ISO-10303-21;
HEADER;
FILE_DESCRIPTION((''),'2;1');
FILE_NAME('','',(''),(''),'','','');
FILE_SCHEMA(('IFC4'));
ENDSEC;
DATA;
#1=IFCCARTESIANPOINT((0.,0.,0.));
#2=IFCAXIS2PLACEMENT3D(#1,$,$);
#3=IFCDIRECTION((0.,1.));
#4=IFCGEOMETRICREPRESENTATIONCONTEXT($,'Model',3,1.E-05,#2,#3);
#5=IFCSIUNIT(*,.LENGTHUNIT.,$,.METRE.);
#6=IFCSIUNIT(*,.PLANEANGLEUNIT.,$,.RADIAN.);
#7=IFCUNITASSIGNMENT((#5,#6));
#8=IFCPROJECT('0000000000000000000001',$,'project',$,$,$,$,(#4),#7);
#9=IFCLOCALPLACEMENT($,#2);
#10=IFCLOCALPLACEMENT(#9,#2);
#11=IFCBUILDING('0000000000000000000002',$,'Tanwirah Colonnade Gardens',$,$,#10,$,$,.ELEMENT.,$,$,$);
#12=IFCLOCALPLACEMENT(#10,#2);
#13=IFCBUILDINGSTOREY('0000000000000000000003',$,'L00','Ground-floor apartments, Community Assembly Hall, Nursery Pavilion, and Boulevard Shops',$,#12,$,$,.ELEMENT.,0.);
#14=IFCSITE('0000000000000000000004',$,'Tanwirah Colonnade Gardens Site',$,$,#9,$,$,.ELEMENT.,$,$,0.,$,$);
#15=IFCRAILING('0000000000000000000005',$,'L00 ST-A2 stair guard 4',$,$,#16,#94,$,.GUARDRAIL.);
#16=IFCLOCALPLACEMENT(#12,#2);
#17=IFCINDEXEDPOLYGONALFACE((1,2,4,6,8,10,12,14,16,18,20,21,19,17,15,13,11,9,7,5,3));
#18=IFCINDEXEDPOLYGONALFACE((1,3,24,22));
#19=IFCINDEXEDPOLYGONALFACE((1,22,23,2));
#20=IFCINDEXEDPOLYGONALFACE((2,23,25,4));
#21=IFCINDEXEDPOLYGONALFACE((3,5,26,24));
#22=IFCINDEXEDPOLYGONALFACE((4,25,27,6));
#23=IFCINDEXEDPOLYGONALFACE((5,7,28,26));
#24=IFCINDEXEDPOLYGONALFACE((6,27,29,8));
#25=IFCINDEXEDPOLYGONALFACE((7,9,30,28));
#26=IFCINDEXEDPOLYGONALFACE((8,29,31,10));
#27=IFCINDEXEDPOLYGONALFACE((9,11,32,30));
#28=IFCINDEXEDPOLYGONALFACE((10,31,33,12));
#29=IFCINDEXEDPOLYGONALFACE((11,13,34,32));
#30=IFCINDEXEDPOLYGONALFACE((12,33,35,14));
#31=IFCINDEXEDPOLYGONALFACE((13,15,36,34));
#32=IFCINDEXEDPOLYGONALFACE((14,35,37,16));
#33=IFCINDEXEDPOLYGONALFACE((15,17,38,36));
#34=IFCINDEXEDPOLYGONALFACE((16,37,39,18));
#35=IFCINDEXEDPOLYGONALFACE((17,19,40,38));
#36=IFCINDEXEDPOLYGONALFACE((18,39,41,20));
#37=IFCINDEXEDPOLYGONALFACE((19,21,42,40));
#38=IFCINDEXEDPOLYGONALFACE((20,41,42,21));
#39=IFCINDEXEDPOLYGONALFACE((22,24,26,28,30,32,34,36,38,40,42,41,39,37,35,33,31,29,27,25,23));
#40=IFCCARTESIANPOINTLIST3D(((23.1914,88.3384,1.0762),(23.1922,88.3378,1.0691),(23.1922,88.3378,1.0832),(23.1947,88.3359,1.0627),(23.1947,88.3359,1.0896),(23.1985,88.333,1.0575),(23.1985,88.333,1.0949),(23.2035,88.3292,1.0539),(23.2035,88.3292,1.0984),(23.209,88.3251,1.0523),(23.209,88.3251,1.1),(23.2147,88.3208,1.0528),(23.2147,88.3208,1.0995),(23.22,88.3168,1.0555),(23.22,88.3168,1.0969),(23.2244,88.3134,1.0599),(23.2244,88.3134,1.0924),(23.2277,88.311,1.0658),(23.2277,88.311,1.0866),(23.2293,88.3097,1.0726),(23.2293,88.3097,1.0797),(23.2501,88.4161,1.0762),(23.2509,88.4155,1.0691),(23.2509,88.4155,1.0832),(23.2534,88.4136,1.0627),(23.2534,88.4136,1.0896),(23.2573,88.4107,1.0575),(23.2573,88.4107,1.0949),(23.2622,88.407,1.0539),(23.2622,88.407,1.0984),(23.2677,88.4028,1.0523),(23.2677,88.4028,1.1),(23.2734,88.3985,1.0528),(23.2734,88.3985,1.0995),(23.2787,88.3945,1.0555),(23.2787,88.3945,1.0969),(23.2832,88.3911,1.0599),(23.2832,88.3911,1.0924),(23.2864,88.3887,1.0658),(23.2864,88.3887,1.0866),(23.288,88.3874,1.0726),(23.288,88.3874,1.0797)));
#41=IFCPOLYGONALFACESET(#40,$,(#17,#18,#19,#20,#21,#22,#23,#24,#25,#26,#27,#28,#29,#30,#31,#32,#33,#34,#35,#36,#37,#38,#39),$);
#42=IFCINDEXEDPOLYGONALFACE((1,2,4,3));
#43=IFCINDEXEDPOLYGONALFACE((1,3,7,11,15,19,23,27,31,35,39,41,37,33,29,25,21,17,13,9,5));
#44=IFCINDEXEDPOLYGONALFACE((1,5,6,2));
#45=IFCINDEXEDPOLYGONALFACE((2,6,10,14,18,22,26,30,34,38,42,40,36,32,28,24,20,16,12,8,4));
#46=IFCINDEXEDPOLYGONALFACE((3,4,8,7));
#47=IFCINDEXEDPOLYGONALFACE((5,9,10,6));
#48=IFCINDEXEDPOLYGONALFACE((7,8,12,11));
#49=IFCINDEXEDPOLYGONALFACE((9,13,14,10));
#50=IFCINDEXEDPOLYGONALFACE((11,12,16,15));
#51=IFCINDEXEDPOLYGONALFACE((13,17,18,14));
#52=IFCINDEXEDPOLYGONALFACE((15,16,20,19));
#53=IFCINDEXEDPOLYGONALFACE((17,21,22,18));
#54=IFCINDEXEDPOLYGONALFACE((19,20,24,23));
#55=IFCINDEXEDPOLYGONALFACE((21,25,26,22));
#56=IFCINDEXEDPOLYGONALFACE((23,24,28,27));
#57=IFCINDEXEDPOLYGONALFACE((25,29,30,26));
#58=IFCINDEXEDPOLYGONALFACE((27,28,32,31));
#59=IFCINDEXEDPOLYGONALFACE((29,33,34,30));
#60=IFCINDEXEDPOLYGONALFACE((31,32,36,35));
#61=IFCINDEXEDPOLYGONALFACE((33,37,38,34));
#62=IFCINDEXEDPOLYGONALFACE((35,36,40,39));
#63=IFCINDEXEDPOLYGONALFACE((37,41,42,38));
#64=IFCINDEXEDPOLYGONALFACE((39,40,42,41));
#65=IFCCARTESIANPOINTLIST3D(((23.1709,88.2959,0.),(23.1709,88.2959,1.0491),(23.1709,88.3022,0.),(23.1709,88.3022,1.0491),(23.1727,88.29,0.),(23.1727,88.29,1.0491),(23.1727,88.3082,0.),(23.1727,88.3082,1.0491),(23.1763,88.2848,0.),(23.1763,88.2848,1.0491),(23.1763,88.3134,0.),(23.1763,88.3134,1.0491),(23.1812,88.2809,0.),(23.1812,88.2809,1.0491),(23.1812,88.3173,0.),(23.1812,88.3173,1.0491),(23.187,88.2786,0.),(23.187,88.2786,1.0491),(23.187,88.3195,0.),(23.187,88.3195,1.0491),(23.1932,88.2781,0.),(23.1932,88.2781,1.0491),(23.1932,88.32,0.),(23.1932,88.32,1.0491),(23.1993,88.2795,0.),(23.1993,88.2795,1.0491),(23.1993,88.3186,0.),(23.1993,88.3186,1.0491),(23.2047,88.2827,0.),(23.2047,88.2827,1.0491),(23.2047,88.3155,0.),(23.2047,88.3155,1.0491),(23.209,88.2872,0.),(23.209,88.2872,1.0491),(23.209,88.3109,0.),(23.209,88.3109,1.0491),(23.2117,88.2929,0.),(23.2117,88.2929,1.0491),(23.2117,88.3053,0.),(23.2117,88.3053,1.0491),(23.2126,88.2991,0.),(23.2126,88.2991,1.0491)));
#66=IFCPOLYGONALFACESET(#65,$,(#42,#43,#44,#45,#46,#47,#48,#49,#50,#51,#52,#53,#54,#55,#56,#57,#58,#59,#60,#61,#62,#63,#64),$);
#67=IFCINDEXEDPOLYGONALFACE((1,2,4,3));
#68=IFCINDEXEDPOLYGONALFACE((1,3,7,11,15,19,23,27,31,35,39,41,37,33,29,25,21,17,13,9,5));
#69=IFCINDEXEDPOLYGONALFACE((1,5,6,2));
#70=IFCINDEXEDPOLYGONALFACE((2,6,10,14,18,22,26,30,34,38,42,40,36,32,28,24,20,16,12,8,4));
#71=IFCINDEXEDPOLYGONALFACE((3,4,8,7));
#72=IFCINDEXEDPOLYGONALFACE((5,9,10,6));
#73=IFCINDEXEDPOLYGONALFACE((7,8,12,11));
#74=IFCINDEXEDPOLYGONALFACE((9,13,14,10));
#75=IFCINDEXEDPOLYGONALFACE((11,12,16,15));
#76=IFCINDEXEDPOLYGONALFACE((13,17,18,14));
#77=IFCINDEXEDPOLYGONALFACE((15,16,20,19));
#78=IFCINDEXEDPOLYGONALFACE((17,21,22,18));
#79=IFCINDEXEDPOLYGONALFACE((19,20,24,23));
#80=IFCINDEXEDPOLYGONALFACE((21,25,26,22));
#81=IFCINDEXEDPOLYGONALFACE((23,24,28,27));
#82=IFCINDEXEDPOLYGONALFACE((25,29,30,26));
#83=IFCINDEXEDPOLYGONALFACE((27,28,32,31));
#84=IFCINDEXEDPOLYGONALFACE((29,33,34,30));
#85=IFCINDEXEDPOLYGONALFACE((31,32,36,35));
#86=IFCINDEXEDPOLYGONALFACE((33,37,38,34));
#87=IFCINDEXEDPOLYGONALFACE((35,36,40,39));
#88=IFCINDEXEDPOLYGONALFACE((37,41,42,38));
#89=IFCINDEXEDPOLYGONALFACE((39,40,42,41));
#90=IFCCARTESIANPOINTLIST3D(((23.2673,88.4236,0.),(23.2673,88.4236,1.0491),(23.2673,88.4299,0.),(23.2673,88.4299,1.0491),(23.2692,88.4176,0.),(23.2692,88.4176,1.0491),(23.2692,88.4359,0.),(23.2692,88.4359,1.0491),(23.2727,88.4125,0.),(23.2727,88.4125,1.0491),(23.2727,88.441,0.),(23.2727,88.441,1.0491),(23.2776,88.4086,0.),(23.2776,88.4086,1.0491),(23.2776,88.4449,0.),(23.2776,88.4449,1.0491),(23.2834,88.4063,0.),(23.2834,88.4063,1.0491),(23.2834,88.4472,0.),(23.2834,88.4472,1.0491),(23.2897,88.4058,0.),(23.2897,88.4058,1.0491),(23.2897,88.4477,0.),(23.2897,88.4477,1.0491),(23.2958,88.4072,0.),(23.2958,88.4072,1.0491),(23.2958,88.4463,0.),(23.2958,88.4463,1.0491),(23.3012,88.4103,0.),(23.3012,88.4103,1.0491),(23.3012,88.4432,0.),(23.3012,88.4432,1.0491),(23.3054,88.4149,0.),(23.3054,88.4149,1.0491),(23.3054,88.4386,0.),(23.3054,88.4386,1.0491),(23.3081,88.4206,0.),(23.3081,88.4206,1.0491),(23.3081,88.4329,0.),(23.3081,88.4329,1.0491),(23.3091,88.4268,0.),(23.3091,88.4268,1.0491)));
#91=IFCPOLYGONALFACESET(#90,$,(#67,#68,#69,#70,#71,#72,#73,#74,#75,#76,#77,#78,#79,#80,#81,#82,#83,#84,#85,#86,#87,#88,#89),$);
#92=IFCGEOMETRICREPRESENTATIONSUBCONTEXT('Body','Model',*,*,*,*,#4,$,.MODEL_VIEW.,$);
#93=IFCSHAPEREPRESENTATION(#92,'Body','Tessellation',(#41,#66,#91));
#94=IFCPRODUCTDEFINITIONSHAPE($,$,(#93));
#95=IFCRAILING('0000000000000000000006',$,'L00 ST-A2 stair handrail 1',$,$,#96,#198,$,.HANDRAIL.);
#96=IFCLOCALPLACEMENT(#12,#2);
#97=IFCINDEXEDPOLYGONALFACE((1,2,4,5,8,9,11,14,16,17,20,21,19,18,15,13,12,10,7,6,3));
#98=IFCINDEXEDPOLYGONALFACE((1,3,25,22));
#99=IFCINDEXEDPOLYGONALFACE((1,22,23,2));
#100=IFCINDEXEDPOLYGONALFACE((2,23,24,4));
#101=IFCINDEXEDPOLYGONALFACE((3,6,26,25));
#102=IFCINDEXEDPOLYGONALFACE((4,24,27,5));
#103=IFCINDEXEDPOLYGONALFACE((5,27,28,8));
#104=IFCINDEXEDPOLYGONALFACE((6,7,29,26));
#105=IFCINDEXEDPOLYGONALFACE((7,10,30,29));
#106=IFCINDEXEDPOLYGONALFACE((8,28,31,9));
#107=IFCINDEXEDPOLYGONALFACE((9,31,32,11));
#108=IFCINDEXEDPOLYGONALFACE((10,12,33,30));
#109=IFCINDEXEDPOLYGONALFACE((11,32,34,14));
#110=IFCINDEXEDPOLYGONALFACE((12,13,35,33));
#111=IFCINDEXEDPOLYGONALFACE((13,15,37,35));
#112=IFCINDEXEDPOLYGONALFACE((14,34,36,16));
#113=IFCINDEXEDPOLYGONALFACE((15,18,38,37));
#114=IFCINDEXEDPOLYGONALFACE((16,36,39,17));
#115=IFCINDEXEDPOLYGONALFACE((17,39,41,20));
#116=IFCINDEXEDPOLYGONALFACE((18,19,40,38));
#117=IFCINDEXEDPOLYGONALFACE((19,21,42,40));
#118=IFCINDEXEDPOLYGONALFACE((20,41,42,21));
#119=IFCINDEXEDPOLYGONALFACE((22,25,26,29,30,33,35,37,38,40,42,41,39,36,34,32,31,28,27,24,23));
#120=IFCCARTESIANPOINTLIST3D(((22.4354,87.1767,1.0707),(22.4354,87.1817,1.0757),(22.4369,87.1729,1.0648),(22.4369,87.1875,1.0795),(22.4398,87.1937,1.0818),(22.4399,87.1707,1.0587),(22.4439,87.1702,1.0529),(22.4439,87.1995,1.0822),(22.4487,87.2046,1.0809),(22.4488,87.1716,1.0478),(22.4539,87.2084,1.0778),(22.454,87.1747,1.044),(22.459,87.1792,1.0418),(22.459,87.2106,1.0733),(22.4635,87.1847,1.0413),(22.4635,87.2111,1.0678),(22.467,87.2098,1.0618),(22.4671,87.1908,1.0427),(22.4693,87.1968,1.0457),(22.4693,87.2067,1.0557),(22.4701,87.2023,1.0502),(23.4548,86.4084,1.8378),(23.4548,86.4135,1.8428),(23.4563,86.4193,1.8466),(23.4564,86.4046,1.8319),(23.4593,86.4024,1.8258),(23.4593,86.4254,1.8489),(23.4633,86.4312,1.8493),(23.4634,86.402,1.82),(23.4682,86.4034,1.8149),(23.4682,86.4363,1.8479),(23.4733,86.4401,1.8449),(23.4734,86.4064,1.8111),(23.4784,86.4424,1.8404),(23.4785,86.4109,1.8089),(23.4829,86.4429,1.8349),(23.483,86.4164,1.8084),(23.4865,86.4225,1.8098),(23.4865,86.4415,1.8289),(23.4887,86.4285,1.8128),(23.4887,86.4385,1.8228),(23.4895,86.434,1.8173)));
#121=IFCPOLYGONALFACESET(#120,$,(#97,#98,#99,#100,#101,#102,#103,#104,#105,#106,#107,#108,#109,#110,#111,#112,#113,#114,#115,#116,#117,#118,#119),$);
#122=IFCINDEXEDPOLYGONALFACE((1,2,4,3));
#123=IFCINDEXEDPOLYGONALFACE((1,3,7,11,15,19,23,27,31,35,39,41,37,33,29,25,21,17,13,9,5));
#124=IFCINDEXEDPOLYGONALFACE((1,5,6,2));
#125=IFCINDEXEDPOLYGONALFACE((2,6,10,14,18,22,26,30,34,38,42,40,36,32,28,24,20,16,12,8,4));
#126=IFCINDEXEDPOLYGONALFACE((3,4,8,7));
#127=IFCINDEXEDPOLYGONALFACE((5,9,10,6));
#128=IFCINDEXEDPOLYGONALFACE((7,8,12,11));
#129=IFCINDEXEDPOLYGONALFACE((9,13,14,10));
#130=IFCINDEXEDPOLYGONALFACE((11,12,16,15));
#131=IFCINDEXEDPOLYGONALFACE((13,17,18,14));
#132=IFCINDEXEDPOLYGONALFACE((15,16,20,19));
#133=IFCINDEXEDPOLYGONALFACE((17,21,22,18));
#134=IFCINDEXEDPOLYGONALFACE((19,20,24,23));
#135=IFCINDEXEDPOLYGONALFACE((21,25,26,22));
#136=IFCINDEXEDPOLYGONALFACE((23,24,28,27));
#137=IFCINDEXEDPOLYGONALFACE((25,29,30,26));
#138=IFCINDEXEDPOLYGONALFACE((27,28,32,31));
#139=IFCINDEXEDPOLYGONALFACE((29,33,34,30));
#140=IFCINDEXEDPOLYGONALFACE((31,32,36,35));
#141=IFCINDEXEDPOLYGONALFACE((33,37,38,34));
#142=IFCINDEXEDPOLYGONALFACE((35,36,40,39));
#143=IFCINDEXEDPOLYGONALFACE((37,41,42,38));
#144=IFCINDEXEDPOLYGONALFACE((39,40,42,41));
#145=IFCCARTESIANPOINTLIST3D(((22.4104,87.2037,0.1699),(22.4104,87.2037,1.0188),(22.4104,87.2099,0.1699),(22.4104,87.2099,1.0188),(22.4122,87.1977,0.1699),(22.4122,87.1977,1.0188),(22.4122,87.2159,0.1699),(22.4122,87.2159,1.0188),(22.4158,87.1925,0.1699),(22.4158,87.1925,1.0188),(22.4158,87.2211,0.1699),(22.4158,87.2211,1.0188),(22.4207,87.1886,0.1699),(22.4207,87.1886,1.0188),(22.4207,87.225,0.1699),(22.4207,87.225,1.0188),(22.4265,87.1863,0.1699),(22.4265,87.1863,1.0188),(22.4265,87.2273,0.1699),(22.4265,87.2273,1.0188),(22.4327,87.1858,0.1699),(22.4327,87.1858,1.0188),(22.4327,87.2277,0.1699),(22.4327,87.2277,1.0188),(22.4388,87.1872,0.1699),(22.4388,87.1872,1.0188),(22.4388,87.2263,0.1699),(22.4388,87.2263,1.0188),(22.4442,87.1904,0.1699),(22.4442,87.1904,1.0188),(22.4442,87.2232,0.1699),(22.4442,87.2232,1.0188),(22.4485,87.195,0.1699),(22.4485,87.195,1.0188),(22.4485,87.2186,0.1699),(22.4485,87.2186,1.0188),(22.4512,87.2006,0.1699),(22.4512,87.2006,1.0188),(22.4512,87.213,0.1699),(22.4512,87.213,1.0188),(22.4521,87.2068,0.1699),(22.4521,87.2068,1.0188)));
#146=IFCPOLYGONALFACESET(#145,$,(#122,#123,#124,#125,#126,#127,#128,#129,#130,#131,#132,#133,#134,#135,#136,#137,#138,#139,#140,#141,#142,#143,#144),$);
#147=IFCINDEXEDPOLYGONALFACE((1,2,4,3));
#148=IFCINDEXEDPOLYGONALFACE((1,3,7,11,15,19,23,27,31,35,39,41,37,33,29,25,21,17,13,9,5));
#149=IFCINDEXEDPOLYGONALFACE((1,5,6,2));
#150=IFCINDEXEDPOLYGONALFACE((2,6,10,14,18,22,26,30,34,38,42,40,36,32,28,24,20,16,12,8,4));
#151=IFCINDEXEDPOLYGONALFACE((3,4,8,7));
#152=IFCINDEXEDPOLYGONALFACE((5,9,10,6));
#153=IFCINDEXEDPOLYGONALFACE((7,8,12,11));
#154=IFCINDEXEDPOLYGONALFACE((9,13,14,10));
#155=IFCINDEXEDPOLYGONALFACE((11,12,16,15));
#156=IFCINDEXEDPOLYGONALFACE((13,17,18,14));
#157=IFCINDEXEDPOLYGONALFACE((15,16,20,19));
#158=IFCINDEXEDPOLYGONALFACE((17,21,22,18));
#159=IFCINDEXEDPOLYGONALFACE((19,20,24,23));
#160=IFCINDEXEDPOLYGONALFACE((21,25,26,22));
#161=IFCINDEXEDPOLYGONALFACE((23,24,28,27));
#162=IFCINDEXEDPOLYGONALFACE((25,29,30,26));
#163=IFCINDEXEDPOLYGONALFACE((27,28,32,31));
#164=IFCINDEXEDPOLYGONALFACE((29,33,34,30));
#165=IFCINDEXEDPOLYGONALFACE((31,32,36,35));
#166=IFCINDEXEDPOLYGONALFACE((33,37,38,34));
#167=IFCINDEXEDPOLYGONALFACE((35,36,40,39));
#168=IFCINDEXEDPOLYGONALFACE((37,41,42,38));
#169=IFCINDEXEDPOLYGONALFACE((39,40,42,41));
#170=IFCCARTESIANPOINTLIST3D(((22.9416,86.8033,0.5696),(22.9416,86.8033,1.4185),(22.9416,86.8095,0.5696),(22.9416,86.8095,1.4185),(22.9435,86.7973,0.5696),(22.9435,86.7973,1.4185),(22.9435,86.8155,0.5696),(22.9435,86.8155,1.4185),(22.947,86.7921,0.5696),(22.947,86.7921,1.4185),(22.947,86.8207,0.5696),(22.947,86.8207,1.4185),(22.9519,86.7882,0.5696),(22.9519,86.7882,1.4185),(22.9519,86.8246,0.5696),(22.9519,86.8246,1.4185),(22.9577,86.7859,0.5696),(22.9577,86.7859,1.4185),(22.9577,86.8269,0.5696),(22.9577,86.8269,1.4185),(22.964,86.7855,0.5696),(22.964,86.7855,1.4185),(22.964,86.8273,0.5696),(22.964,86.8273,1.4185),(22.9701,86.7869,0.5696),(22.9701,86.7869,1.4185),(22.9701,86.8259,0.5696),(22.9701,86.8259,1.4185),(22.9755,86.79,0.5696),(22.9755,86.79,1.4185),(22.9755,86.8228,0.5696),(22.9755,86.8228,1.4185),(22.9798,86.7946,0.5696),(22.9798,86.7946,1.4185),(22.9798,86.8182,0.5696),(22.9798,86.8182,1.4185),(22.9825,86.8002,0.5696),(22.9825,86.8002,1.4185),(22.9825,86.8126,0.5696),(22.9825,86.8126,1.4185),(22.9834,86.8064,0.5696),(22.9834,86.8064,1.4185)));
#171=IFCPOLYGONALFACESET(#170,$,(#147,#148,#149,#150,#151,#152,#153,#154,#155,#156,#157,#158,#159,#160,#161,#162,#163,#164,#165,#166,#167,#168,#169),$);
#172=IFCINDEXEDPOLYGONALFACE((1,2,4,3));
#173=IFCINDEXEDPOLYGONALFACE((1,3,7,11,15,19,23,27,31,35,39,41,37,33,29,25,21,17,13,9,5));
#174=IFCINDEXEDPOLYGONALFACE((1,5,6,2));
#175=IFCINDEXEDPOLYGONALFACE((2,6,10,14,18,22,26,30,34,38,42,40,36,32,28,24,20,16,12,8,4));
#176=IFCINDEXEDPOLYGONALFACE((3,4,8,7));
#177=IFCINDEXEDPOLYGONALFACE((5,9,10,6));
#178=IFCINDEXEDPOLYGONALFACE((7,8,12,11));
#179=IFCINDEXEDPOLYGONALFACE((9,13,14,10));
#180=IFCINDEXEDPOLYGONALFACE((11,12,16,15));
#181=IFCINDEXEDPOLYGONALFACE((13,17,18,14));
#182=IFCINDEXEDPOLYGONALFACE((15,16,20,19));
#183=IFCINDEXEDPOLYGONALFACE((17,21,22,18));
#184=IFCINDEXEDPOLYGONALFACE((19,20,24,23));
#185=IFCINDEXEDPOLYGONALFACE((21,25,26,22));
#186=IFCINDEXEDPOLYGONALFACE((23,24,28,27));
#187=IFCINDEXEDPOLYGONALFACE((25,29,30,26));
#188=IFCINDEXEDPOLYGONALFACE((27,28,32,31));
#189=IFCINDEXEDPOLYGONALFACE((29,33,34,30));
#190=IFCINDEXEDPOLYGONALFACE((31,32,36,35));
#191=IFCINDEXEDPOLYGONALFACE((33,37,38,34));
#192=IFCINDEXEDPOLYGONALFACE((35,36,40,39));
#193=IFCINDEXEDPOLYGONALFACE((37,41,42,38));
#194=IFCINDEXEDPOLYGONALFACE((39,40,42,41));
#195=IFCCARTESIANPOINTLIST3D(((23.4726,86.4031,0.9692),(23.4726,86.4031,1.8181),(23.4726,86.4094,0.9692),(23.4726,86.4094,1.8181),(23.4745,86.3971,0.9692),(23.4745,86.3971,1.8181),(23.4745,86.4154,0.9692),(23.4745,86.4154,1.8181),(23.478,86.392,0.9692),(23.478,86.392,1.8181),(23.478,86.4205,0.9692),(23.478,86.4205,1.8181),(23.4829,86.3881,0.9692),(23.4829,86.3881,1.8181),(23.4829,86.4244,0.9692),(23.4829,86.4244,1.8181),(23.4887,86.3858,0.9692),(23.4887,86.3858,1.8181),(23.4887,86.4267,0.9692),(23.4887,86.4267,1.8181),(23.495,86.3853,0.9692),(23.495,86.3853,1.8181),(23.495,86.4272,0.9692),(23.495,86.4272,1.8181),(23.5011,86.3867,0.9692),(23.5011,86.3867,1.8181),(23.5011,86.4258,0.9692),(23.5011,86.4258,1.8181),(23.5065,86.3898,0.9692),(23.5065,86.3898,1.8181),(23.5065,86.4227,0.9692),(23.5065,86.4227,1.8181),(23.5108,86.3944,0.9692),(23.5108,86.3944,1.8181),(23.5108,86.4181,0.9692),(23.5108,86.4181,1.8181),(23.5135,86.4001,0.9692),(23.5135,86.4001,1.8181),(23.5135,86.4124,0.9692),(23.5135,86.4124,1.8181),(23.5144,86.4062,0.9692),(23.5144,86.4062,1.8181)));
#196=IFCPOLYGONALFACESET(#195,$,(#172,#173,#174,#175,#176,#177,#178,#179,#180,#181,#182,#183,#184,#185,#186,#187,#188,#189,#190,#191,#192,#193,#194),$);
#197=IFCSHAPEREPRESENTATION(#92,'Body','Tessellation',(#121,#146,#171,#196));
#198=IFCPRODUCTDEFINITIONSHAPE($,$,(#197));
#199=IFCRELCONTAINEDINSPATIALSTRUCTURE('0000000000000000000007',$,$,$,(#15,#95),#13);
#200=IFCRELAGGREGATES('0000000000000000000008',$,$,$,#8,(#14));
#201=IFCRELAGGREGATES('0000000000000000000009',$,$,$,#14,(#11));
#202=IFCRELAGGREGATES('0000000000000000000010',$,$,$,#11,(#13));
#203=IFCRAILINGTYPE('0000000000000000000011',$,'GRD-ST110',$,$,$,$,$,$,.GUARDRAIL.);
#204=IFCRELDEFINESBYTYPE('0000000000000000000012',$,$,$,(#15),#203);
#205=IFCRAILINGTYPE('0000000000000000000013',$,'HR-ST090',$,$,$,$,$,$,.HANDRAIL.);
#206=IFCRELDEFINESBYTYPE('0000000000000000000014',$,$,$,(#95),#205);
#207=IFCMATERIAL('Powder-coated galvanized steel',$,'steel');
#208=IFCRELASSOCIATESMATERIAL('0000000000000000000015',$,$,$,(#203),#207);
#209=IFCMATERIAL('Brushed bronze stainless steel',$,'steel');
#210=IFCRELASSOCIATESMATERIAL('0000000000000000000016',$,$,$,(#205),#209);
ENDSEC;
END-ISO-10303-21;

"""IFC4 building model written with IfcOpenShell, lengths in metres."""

from ifc_helpers import new_model, si_unit, direction, frame, origin, origin_2d, place, context, subcontext, project, spatial, circle, extrude, material, type_object, element, save


model = new_model("IFC4")

# Units and contexts
model_context = context("Model", 3, precision=1e-05, world=origin(), true_north=direction((0.0, 1.0)))
body_context = subcontext(model_context, "Body", "Model", "MODEL_VIEW")
ifc_project = project(units=[si_unit("LENGTHUNIT", "METRE"), si_unit("PLANEANGLEUNIT", "RADIAN")], contexts=[model_context])

# Site, building, storey
site_placement = place(None, origin())
site = spatial("IfcSite", under=ifc_project, at=site_placement, Name="Tanwirah Colonnade Gardens Site", CompositionType="ELEMENT", RefElevation=0.0)
building_placement = place(site_placement, origin())
building = spatial("IfcBuilding", under=site, at=building_placement, Name="Tanwirah Colonnade Gardens", CompositionType="ELEMENT")
storey_placement = place(building_placement, origin())
storey = spatial("IfcBuildingStorey", under=building, at=storey_placement, Name="L00", Description="Ground-floor apartments, Community Assembly Hall, Nursery Pavilion, and Boulevard Shops", CompositionType="ELEMENT", Elevation=0.0)

# Railings
ifc_material_1 = material(Name="Powder-coated galvanized steel", Category="steel")
railing_type_1 = type_object("IfcRailingType", Name="GRD-ST110", PredefinedType="GUARDRAIL", material=ifc_material_1)
railing_1_placement = place(storey_placement, frame((23.1917, 88.2991, 0.0)))
element("IfcRailing", 1, at=railing_1_placement, inside=storey, type_object=railing_type_1, Name="L00 ST-A2 stair guard 4", PredefinedType="GUARDRAIL", context=body_context, shape_type="SweptSolid", body=[
    extrude(circle(Radius=0.0239, at=origin_2d()), frame((0.0188, 0.0249, 1.0762), z_axis=(0.602682, 0.797981, 0.0), x_axis=(-0.797981, 0.602682, 0.0)), (0.0, 0.0, 1.0), 0.0974),
    extrude(circle(Radius=0.021, at=origin_2d()), origin(), (0.0, 0.0, 1.0), 1.0491),
    extrude(circle(Radius=0.021, at=origin_2d()), frame((0.0964, 0.1277, 0.0)), (0.0, 0.0, 1.0), 1.0491),
])
ifc_material_2 = material(Name="Brushed bronze stainless steel", Category="steel")
railing_type_2 = type_object("IfcRailingType", Name="HR-ST090", PredefinedType="HANDRAIL", material=ifc_material_2)
railing_2_placement = place(storey_placement, frame((22.4312, 87.2068, 0.1699)))
element("IfcRailing", 2, at=railing_2_placement, inside=storey, type_object=railing_type_2, Name="L00 ST-A2 stair handrail 1", PredefinedType="HANDRAIL", context=body_context, shape_type="SweptSolid", body=[
    extrude(circle(Radius=0.0239, at=origin_2d()), frame((0.0215, -0.0161, 0.8918), z_axis=(0.684521, -0.515869, 0.515082), x_axis=(0.601849, 0.79861, 0.0)), (0.0, 0.0, 1.0), 1.4893),
    extrude(circle(Radius=0.021, at=origin_2d()), origin(), (0.0, 0.0, 1.0), 0.8489),
    extrude(circle(Radius=0.021, at=origin_2d()), frame((0.5312, -0.4004, 0.3997)), (0.0, 0.0, 1.0), 0.8489),
    extrude(circle(Radius=0.021, at=origin_2d()), frame((1.0623, -0.8005, 0.7993)), (0.0, 0.0, 1.0), 0.8489),
])

save(model, "model.ifc")
